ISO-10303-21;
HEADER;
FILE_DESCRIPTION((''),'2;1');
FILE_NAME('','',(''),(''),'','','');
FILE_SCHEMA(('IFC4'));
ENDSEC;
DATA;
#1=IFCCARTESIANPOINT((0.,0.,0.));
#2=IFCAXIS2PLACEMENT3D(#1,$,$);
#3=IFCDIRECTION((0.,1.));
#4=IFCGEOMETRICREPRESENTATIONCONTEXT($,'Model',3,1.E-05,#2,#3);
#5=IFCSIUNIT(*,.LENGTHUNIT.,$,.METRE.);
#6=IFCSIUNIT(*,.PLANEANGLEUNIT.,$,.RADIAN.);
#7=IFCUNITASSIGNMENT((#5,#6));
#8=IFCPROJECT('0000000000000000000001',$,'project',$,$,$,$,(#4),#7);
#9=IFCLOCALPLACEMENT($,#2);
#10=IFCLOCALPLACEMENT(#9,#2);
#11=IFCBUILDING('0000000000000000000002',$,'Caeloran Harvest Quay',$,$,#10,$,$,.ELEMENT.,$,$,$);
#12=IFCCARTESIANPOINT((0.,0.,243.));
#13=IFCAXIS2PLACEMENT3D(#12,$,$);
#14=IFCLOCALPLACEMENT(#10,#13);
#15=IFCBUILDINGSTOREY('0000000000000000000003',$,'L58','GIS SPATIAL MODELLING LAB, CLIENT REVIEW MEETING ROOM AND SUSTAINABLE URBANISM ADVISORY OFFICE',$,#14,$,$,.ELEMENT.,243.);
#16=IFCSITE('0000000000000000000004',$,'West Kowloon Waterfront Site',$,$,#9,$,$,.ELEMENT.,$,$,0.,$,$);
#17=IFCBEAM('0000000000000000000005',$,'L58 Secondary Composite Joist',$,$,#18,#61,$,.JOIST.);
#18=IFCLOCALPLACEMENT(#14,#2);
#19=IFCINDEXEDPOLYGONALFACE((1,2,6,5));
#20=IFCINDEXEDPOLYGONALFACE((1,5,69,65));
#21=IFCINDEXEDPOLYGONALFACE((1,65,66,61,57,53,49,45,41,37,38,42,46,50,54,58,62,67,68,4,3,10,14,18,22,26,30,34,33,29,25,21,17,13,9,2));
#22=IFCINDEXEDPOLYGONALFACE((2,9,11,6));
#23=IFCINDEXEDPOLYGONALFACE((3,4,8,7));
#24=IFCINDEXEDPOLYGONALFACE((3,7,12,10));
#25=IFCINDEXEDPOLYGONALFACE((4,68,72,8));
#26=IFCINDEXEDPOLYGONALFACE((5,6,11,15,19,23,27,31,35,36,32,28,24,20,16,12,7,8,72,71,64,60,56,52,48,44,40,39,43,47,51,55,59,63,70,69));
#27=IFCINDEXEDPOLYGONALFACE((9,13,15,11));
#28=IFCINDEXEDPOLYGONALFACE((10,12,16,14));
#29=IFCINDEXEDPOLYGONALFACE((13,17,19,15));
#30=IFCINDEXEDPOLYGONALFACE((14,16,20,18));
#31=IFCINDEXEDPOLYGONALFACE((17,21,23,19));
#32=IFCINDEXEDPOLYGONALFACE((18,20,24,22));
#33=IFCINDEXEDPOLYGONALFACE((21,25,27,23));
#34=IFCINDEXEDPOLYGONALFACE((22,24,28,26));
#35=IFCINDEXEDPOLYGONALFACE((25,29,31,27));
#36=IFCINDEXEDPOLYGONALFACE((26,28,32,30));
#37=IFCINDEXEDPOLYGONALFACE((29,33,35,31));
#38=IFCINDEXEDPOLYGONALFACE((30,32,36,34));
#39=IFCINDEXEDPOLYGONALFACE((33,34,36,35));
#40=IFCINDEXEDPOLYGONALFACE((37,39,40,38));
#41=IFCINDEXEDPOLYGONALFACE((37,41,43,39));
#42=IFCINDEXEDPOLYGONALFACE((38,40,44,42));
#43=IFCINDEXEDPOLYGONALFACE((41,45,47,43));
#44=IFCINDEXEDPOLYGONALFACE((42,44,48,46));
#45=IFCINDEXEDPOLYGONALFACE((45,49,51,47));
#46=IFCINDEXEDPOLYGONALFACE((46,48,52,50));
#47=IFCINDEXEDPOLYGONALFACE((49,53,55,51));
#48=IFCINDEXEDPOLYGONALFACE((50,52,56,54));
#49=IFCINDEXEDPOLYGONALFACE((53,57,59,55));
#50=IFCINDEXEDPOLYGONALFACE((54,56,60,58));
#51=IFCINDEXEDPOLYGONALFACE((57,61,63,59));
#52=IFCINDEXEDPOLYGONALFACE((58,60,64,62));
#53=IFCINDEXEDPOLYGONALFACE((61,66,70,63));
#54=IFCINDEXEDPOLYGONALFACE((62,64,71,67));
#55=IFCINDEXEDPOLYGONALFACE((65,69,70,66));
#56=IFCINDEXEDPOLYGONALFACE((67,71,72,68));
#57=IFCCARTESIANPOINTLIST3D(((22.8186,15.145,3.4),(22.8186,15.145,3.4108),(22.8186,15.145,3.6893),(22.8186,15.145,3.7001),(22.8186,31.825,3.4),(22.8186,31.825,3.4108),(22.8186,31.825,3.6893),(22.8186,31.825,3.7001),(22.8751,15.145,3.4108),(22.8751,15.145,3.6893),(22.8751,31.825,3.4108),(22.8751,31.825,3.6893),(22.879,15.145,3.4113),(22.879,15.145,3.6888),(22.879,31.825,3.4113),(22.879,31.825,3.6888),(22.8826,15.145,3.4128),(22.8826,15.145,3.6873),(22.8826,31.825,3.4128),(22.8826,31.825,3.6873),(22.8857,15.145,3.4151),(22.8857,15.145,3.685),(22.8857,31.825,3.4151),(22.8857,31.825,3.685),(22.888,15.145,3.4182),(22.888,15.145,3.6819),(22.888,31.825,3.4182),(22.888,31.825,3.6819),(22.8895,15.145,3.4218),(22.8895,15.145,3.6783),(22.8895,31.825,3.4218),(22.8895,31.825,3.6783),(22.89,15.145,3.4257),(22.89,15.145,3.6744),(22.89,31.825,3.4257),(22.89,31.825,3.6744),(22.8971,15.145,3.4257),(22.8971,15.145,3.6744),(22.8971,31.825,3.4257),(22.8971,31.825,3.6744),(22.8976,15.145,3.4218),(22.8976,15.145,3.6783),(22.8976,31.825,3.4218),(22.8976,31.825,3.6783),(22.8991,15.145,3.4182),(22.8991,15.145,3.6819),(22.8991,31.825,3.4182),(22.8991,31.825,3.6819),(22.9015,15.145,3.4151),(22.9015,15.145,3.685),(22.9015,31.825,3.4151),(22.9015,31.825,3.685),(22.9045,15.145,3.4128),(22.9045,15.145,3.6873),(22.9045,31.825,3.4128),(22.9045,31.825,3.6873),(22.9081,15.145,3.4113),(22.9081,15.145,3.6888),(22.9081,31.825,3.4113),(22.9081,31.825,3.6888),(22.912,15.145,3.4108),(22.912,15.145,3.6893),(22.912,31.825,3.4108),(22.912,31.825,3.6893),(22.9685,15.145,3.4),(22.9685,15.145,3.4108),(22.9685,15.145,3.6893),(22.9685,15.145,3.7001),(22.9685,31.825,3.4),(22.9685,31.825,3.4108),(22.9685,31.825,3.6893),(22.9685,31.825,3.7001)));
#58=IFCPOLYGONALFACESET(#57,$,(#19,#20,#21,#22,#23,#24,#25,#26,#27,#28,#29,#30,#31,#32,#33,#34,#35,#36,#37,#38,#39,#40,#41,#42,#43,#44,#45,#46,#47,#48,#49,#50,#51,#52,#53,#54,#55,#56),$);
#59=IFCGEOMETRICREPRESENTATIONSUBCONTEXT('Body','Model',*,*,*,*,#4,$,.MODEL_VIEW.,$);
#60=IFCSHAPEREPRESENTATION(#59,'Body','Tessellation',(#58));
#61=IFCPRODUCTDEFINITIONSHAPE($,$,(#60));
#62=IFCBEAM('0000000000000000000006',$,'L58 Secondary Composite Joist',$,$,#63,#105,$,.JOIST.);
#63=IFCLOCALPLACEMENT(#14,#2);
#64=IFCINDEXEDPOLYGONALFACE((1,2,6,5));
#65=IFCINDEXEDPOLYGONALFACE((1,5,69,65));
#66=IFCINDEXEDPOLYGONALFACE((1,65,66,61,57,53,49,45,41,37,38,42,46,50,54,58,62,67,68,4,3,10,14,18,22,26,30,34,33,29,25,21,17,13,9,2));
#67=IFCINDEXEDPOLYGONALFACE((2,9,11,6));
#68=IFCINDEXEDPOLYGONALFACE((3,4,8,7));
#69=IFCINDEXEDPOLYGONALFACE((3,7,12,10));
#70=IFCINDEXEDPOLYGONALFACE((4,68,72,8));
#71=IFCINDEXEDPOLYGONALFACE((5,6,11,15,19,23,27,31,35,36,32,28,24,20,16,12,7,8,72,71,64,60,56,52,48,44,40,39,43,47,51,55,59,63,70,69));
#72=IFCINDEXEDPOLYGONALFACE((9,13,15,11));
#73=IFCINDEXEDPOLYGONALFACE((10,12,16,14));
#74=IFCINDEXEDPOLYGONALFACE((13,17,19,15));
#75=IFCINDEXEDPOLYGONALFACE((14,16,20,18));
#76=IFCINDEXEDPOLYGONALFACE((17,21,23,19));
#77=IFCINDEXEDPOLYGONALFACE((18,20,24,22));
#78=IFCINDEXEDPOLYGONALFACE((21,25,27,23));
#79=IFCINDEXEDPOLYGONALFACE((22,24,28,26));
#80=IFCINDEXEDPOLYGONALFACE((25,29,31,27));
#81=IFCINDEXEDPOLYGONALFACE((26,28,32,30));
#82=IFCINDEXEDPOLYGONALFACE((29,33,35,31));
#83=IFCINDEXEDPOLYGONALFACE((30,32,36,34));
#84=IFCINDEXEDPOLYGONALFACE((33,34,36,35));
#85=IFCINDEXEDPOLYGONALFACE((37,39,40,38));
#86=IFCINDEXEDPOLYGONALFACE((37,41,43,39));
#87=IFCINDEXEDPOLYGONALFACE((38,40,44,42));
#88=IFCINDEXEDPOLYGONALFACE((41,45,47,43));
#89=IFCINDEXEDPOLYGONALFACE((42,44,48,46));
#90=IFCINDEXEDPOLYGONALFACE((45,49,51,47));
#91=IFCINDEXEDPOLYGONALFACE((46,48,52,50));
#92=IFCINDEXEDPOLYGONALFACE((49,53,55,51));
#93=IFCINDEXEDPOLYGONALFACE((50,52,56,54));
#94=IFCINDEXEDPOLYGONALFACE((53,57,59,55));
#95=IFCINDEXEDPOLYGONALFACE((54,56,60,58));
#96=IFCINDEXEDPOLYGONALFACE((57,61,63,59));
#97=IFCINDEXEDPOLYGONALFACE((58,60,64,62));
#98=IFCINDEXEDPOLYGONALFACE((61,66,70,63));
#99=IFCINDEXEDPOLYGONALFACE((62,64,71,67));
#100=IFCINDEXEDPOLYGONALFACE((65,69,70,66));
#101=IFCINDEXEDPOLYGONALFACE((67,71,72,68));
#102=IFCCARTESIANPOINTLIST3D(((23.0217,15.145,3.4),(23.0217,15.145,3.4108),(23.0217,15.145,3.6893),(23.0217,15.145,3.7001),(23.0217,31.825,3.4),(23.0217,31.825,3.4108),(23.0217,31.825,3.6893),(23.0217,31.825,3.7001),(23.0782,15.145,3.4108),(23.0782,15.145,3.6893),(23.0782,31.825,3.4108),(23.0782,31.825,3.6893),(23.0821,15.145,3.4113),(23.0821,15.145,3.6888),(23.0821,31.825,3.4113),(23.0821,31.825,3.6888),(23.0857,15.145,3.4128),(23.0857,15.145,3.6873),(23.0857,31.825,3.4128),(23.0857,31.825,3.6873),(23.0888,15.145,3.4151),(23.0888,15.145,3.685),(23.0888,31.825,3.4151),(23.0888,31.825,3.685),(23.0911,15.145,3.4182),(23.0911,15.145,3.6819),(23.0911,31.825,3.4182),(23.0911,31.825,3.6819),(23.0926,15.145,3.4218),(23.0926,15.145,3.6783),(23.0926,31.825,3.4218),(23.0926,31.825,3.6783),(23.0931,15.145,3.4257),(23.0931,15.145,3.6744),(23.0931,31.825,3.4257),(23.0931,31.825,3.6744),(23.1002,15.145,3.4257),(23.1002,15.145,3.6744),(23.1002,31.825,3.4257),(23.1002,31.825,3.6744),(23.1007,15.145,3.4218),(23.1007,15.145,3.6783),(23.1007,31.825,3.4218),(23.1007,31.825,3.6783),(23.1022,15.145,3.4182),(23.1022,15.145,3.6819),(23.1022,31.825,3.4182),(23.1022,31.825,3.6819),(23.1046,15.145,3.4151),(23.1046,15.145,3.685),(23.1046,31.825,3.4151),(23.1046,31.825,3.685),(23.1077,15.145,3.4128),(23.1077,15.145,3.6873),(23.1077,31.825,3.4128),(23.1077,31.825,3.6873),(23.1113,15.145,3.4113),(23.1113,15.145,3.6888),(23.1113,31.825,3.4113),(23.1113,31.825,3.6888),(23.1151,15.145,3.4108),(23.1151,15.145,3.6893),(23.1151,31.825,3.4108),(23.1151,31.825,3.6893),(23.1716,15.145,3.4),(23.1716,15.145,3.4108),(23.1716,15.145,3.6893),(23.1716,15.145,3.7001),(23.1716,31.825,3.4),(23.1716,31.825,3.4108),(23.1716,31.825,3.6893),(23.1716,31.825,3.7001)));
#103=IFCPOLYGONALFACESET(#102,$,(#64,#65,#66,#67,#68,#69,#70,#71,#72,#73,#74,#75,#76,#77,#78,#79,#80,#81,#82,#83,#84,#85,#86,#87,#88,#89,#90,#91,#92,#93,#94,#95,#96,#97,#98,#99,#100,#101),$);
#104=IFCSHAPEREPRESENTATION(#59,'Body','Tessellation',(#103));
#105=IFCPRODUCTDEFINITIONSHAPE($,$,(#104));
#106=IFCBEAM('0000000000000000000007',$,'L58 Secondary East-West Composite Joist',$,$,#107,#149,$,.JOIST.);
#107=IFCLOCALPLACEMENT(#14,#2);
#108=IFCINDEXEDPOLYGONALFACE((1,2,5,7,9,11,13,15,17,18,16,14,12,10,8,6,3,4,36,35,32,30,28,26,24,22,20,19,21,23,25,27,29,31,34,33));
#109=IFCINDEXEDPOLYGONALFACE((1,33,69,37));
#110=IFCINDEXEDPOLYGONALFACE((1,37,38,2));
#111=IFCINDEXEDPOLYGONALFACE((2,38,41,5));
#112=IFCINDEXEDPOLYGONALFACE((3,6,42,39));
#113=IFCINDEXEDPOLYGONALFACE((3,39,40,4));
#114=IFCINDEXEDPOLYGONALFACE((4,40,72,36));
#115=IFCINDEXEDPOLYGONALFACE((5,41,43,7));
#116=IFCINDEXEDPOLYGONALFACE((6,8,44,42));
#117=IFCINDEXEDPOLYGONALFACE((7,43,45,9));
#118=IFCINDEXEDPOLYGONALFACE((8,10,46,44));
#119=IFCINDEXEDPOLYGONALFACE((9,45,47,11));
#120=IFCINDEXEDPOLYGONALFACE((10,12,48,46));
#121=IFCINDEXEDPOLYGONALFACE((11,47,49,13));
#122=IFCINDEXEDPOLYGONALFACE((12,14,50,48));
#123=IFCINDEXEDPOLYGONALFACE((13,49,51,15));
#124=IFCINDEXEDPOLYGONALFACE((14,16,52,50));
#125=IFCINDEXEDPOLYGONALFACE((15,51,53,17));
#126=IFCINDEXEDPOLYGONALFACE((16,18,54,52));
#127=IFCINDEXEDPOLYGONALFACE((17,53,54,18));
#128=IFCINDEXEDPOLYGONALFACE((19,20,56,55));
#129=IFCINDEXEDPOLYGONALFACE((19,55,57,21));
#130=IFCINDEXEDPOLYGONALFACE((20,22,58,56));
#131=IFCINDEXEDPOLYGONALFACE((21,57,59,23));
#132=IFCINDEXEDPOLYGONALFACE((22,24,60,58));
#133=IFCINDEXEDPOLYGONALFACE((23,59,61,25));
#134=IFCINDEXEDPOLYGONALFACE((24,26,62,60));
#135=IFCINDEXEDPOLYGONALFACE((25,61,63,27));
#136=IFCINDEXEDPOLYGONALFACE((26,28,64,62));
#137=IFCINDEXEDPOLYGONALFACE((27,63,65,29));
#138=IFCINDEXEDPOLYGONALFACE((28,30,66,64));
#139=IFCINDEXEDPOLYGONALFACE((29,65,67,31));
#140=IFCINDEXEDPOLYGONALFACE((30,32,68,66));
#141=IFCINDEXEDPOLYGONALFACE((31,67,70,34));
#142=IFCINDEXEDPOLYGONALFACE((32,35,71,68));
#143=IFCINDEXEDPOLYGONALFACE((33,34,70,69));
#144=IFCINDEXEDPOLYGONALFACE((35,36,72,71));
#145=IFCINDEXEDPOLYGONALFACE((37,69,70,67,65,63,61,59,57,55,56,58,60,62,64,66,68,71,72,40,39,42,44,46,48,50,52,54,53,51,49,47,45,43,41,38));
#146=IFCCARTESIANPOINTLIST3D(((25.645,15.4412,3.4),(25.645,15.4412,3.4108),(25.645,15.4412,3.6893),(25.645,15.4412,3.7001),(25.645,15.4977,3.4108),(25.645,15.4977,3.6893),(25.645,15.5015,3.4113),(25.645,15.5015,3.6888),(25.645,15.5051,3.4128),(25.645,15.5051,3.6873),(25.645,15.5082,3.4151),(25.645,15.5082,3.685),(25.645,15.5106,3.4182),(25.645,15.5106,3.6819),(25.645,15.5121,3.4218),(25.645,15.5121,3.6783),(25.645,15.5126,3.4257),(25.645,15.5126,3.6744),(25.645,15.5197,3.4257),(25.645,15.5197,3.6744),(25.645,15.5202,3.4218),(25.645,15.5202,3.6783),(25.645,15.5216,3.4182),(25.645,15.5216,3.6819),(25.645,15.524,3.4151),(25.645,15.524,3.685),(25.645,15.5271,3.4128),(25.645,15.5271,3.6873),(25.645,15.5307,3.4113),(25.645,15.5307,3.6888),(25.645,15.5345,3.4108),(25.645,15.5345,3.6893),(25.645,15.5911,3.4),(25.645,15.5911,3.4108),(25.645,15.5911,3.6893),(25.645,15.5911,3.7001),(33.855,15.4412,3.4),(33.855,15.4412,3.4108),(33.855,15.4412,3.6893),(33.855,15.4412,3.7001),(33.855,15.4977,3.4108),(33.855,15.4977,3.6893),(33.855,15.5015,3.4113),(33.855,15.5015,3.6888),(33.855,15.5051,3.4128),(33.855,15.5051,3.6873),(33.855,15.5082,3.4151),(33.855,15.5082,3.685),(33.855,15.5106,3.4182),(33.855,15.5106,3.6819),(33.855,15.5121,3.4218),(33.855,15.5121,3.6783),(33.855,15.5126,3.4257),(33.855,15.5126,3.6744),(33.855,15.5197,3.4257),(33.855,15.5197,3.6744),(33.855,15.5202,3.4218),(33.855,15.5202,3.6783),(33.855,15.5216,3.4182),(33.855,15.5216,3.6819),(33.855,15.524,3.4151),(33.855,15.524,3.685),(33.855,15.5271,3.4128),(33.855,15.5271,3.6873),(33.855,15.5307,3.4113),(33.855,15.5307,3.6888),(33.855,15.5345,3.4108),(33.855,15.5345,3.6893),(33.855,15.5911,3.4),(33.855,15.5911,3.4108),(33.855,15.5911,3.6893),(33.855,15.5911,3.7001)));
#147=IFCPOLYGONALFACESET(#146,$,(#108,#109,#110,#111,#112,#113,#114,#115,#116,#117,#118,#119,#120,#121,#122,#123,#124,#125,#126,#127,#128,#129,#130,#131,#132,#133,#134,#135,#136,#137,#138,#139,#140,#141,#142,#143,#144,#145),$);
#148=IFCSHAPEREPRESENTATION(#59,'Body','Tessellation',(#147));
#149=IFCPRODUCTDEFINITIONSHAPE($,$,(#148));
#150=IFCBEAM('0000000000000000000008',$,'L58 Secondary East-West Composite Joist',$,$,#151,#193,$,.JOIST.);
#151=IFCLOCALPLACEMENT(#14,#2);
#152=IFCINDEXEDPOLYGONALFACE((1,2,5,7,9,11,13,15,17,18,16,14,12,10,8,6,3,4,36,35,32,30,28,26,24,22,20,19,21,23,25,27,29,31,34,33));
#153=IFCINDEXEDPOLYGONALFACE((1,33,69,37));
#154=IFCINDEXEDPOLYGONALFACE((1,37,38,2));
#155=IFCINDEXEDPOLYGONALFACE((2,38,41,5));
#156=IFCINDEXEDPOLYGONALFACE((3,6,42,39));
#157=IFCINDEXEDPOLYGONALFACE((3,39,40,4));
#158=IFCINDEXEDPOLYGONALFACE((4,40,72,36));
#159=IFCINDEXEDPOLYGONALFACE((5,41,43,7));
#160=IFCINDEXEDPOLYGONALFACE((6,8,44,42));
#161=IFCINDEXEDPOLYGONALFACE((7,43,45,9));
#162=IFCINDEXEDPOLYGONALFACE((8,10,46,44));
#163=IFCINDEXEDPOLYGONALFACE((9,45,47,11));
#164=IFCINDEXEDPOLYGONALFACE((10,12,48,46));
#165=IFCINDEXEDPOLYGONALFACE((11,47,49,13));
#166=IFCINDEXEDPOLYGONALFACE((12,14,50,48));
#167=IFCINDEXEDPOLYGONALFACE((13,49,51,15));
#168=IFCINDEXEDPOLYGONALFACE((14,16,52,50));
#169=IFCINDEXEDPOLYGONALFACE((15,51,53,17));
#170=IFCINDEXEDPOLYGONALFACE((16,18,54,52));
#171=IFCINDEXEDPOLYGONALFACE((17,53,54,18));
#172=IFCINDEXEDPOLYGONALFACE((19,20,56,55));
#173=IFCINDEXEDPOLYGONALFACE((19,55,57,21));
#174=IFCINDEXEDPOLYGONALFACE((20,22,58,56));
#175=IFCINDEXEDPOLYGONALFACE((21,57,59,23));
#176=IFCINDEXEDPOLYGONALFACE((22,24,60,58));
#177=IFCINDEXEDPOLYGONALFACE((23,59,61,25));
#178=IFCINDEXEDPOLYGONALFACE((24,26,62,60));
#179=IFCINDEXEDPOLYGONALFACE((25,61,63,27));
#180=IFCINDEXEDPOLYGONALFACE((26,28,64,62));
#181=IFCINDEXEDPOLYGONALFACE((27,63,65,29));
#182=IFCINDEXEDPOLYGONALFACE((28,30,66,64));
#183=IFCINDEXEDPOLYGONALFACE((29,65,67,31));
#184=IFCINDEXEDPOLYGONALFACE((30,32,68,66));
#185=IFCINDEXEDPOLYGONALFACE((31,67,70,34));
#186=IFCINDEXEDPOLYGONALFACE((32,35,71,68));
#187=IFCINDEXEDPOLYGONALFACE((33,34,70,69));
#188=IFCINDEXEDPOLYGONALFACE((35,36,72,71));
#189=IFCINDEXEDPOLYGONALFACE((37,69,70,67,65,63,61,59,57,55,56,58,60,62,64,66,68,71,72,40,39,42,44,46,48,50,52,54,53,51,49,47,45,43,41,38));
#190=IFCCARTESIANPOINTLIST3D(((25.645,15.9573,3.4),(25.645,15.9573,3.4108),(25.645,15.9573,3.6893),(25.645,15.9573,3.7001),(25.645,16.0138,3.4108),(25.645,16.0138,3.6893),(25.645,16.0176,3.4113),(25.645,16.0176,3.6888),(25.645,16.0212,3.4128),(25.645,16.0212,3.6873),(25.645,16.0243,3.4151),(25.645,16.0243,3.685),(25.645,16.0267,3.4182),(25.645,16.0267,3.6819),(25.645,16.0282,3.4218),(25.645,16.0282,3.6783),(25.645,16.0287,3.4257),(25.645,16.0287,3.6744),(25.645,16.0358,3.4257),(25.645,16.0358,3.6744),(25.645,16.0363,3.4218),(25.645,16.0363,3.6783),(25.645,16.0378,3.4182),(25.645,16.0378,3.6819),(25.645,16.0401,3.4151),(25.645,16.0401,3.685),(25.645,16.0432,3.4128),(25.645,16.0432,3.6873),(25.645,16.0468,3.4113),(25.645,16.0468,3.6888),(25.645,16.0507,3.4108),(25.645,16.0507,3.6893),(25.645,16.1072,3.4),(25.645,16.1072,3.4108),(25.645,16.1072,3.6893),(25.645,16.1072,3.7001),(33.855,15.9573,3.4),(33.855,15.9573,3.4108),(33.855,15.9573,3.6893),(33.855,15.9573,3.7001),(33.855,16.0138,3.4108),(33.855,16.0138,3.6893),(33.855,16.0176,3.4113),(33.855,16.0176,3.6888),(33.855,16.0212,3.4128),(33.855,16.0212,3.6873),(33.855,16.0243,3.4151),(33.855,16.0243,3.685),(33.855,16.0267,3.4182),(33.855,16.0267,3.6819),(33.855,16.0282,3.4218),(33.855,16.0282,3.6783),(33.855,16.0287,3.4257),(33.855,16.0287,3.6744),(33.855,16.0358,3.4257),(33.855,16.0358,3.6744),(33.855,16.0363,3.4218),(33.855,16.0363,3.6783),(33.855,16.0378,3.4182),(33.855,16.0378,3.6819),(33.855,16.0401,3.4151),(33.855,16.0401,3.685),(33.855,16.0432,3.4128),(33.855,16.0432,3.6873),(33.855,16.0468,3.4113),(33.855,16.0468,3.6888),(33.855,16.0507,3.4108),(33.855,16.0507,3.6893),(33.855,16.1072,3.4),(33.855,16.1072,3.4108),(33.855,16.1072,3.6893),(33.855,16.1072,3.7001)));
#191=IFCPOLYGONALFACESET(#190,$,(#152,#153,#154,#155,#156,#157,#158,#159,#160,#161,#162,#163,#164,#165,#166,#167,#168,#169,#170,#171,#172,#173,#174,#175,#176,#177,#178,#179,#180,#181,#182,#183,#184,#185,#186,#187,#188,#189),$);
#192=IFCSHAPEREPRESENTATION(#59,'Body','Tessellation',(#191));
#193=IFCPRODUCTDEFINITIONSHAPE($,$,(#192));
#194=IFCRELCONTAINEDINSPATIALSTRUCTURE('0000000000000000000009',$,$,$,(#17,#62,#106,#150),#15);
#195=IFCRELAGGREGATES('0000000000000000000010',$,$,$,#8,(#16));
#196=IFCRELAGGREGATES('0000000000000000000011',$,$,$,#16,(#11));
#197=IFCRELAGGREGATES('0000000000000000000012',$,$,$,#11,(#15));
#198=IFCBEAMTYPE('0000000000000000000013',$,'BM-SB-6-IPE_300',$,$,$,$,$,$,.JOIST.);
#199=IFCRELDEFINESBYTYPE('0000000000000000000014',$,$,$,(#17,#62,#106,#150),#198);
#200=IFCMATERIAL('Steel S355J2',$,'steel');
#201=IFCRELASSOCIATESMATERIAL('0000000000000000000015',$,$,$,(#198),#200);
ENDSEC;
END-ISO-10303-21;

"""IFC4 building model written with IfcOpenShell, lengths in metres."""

from ifc_helpers import new_model, si_unit, direction, frame, origin, origin_2d, place, context, subcontext, project, spatial, i_section, extrude, material, material_profile, profile_set, type_object, element, save


model = new_model("IFC4")

# Units and contexts
model_context = context("Model", 3, precision=1e-05, world=origin(), true_north=direction((0.0, 1.0)))
body_context = subcontext(model_context, "Body", "Model", "MODEL_VIEW")
ifc_project = project(units=[si_unit("LENGTHUNIT", "METRE"), si_unit("PLANEANGLEUNIT", "RADIAN")], contexts=[model_context])

# Site, building, storey
site_placement = place(None, origin())
site = spatial("IfcSite", under=ifc_project, at=site_placement, Name="West Kowloon Waterfront Site", CompositionType="ELEMENT", RefElevation=0.0)
building_placement = place(site_placement, origin())
building = spatial("IfcBuilding", under=site, at=building_placement, Name="Caeloran Harvest Quay", CompositionType="ELEMENT")
storey_placement = place(building_placement, frame((0.0, 0.0, 243.0)))
storey = spatial("IfcBuildingStorey", under=building, at=storey_placement, Name="L58", Description="GIS SPATIAL MODELLING LAB, CLIENT REVIEW MEETING ROOM AND SUSTAINABLE URBANISM ADVISORY OFFICE", CompositionType="ELEMENT", Elevation=243.0)

# Beams
ifc_material_1 = material(Name="Steel S355J2", Category="steel")
ifc_material_profile_1 = material_profile(ifc_material_1, i_section(OverallWidth=0.1499, OverallDepth=0.3, WebThickness=0.0071, FlangeThickness=0.0107, FilletRadius=0.0149, at=origin_2d()), Name="IPE 300")
ifc_profile_set_1 = profile_set([ifc_material_profile_1], Name="Steel S355J2")
beam_type_1 = type_object("IfcBeamType", Name="BM-SB-6-IPE_300", PredefinedType="JOIST", material=ifc_profile_set_1)
for number, where, z_axis, x_axis, name in (
    (1, (22.8936, 15.145, 3.55), (0.0, 1.0, 0.0), (-1.0, 0.0, 0.0), "L58 Secondary Composite Joist"),
    (2, (23.0967, 15.145, 3.55), (0.0, 1.0, 0.0), (-1.0, 0.0, 0.0), "L58 Secondary Composite Joist"),
):
    element("IfcBeam", number, at=place(storey_placement, frame(where, z_axis=z_axis, x_axis=x_axis)), inside=storey, type_object=beam_type_1, Name=name, PredefinedType="JOIST", context=body_context, shape_type="SweptSolid", body=[
        extrude(i_section(OverallWidth=0.1499, OverallDepth=0.3, WebThickness=0.0071, FlangeThickness=0.0107, FilletRadius=0.0149, at=origin_2d()), origin(), (0.0, 0.0, 1.0), 16.6799),
    ])
for number, where, z_axis, x_axis, name in (
    (3, (25.645, 15.5161, 3.55), (1.0, 0.0, 0.0), (0.0, 1.0, 0.0), "L58 Secondary East-West Composite Joist"),
    (4, (25.645, 16.0322, 3.55), (1.0, 0.0, 0.0), (0.0, 1.0, 0.0), "L58 Secondary East-West Composite Joist"),
):
    element("IfcBeam", number, at=place(storey_placement, frame(where, z_axis=z_axis, x_axis=x_axis)), inside=storey, type_object=beam_type_1, Name=name, PredefinedType="JOIST", context=body_context, shape_type="SweptSolid", body=[
        extrude(i_section(OverallWidth=0.1499, OverallDepth=0.3, WebThickness=0.0071, FlangeThickness=0.0107, FilletRadius=0.0149, at=origin_2d()), origin(), (0.0, 0.0, 1.0), 8.21),
    ])

save(model, "model.ifc")
